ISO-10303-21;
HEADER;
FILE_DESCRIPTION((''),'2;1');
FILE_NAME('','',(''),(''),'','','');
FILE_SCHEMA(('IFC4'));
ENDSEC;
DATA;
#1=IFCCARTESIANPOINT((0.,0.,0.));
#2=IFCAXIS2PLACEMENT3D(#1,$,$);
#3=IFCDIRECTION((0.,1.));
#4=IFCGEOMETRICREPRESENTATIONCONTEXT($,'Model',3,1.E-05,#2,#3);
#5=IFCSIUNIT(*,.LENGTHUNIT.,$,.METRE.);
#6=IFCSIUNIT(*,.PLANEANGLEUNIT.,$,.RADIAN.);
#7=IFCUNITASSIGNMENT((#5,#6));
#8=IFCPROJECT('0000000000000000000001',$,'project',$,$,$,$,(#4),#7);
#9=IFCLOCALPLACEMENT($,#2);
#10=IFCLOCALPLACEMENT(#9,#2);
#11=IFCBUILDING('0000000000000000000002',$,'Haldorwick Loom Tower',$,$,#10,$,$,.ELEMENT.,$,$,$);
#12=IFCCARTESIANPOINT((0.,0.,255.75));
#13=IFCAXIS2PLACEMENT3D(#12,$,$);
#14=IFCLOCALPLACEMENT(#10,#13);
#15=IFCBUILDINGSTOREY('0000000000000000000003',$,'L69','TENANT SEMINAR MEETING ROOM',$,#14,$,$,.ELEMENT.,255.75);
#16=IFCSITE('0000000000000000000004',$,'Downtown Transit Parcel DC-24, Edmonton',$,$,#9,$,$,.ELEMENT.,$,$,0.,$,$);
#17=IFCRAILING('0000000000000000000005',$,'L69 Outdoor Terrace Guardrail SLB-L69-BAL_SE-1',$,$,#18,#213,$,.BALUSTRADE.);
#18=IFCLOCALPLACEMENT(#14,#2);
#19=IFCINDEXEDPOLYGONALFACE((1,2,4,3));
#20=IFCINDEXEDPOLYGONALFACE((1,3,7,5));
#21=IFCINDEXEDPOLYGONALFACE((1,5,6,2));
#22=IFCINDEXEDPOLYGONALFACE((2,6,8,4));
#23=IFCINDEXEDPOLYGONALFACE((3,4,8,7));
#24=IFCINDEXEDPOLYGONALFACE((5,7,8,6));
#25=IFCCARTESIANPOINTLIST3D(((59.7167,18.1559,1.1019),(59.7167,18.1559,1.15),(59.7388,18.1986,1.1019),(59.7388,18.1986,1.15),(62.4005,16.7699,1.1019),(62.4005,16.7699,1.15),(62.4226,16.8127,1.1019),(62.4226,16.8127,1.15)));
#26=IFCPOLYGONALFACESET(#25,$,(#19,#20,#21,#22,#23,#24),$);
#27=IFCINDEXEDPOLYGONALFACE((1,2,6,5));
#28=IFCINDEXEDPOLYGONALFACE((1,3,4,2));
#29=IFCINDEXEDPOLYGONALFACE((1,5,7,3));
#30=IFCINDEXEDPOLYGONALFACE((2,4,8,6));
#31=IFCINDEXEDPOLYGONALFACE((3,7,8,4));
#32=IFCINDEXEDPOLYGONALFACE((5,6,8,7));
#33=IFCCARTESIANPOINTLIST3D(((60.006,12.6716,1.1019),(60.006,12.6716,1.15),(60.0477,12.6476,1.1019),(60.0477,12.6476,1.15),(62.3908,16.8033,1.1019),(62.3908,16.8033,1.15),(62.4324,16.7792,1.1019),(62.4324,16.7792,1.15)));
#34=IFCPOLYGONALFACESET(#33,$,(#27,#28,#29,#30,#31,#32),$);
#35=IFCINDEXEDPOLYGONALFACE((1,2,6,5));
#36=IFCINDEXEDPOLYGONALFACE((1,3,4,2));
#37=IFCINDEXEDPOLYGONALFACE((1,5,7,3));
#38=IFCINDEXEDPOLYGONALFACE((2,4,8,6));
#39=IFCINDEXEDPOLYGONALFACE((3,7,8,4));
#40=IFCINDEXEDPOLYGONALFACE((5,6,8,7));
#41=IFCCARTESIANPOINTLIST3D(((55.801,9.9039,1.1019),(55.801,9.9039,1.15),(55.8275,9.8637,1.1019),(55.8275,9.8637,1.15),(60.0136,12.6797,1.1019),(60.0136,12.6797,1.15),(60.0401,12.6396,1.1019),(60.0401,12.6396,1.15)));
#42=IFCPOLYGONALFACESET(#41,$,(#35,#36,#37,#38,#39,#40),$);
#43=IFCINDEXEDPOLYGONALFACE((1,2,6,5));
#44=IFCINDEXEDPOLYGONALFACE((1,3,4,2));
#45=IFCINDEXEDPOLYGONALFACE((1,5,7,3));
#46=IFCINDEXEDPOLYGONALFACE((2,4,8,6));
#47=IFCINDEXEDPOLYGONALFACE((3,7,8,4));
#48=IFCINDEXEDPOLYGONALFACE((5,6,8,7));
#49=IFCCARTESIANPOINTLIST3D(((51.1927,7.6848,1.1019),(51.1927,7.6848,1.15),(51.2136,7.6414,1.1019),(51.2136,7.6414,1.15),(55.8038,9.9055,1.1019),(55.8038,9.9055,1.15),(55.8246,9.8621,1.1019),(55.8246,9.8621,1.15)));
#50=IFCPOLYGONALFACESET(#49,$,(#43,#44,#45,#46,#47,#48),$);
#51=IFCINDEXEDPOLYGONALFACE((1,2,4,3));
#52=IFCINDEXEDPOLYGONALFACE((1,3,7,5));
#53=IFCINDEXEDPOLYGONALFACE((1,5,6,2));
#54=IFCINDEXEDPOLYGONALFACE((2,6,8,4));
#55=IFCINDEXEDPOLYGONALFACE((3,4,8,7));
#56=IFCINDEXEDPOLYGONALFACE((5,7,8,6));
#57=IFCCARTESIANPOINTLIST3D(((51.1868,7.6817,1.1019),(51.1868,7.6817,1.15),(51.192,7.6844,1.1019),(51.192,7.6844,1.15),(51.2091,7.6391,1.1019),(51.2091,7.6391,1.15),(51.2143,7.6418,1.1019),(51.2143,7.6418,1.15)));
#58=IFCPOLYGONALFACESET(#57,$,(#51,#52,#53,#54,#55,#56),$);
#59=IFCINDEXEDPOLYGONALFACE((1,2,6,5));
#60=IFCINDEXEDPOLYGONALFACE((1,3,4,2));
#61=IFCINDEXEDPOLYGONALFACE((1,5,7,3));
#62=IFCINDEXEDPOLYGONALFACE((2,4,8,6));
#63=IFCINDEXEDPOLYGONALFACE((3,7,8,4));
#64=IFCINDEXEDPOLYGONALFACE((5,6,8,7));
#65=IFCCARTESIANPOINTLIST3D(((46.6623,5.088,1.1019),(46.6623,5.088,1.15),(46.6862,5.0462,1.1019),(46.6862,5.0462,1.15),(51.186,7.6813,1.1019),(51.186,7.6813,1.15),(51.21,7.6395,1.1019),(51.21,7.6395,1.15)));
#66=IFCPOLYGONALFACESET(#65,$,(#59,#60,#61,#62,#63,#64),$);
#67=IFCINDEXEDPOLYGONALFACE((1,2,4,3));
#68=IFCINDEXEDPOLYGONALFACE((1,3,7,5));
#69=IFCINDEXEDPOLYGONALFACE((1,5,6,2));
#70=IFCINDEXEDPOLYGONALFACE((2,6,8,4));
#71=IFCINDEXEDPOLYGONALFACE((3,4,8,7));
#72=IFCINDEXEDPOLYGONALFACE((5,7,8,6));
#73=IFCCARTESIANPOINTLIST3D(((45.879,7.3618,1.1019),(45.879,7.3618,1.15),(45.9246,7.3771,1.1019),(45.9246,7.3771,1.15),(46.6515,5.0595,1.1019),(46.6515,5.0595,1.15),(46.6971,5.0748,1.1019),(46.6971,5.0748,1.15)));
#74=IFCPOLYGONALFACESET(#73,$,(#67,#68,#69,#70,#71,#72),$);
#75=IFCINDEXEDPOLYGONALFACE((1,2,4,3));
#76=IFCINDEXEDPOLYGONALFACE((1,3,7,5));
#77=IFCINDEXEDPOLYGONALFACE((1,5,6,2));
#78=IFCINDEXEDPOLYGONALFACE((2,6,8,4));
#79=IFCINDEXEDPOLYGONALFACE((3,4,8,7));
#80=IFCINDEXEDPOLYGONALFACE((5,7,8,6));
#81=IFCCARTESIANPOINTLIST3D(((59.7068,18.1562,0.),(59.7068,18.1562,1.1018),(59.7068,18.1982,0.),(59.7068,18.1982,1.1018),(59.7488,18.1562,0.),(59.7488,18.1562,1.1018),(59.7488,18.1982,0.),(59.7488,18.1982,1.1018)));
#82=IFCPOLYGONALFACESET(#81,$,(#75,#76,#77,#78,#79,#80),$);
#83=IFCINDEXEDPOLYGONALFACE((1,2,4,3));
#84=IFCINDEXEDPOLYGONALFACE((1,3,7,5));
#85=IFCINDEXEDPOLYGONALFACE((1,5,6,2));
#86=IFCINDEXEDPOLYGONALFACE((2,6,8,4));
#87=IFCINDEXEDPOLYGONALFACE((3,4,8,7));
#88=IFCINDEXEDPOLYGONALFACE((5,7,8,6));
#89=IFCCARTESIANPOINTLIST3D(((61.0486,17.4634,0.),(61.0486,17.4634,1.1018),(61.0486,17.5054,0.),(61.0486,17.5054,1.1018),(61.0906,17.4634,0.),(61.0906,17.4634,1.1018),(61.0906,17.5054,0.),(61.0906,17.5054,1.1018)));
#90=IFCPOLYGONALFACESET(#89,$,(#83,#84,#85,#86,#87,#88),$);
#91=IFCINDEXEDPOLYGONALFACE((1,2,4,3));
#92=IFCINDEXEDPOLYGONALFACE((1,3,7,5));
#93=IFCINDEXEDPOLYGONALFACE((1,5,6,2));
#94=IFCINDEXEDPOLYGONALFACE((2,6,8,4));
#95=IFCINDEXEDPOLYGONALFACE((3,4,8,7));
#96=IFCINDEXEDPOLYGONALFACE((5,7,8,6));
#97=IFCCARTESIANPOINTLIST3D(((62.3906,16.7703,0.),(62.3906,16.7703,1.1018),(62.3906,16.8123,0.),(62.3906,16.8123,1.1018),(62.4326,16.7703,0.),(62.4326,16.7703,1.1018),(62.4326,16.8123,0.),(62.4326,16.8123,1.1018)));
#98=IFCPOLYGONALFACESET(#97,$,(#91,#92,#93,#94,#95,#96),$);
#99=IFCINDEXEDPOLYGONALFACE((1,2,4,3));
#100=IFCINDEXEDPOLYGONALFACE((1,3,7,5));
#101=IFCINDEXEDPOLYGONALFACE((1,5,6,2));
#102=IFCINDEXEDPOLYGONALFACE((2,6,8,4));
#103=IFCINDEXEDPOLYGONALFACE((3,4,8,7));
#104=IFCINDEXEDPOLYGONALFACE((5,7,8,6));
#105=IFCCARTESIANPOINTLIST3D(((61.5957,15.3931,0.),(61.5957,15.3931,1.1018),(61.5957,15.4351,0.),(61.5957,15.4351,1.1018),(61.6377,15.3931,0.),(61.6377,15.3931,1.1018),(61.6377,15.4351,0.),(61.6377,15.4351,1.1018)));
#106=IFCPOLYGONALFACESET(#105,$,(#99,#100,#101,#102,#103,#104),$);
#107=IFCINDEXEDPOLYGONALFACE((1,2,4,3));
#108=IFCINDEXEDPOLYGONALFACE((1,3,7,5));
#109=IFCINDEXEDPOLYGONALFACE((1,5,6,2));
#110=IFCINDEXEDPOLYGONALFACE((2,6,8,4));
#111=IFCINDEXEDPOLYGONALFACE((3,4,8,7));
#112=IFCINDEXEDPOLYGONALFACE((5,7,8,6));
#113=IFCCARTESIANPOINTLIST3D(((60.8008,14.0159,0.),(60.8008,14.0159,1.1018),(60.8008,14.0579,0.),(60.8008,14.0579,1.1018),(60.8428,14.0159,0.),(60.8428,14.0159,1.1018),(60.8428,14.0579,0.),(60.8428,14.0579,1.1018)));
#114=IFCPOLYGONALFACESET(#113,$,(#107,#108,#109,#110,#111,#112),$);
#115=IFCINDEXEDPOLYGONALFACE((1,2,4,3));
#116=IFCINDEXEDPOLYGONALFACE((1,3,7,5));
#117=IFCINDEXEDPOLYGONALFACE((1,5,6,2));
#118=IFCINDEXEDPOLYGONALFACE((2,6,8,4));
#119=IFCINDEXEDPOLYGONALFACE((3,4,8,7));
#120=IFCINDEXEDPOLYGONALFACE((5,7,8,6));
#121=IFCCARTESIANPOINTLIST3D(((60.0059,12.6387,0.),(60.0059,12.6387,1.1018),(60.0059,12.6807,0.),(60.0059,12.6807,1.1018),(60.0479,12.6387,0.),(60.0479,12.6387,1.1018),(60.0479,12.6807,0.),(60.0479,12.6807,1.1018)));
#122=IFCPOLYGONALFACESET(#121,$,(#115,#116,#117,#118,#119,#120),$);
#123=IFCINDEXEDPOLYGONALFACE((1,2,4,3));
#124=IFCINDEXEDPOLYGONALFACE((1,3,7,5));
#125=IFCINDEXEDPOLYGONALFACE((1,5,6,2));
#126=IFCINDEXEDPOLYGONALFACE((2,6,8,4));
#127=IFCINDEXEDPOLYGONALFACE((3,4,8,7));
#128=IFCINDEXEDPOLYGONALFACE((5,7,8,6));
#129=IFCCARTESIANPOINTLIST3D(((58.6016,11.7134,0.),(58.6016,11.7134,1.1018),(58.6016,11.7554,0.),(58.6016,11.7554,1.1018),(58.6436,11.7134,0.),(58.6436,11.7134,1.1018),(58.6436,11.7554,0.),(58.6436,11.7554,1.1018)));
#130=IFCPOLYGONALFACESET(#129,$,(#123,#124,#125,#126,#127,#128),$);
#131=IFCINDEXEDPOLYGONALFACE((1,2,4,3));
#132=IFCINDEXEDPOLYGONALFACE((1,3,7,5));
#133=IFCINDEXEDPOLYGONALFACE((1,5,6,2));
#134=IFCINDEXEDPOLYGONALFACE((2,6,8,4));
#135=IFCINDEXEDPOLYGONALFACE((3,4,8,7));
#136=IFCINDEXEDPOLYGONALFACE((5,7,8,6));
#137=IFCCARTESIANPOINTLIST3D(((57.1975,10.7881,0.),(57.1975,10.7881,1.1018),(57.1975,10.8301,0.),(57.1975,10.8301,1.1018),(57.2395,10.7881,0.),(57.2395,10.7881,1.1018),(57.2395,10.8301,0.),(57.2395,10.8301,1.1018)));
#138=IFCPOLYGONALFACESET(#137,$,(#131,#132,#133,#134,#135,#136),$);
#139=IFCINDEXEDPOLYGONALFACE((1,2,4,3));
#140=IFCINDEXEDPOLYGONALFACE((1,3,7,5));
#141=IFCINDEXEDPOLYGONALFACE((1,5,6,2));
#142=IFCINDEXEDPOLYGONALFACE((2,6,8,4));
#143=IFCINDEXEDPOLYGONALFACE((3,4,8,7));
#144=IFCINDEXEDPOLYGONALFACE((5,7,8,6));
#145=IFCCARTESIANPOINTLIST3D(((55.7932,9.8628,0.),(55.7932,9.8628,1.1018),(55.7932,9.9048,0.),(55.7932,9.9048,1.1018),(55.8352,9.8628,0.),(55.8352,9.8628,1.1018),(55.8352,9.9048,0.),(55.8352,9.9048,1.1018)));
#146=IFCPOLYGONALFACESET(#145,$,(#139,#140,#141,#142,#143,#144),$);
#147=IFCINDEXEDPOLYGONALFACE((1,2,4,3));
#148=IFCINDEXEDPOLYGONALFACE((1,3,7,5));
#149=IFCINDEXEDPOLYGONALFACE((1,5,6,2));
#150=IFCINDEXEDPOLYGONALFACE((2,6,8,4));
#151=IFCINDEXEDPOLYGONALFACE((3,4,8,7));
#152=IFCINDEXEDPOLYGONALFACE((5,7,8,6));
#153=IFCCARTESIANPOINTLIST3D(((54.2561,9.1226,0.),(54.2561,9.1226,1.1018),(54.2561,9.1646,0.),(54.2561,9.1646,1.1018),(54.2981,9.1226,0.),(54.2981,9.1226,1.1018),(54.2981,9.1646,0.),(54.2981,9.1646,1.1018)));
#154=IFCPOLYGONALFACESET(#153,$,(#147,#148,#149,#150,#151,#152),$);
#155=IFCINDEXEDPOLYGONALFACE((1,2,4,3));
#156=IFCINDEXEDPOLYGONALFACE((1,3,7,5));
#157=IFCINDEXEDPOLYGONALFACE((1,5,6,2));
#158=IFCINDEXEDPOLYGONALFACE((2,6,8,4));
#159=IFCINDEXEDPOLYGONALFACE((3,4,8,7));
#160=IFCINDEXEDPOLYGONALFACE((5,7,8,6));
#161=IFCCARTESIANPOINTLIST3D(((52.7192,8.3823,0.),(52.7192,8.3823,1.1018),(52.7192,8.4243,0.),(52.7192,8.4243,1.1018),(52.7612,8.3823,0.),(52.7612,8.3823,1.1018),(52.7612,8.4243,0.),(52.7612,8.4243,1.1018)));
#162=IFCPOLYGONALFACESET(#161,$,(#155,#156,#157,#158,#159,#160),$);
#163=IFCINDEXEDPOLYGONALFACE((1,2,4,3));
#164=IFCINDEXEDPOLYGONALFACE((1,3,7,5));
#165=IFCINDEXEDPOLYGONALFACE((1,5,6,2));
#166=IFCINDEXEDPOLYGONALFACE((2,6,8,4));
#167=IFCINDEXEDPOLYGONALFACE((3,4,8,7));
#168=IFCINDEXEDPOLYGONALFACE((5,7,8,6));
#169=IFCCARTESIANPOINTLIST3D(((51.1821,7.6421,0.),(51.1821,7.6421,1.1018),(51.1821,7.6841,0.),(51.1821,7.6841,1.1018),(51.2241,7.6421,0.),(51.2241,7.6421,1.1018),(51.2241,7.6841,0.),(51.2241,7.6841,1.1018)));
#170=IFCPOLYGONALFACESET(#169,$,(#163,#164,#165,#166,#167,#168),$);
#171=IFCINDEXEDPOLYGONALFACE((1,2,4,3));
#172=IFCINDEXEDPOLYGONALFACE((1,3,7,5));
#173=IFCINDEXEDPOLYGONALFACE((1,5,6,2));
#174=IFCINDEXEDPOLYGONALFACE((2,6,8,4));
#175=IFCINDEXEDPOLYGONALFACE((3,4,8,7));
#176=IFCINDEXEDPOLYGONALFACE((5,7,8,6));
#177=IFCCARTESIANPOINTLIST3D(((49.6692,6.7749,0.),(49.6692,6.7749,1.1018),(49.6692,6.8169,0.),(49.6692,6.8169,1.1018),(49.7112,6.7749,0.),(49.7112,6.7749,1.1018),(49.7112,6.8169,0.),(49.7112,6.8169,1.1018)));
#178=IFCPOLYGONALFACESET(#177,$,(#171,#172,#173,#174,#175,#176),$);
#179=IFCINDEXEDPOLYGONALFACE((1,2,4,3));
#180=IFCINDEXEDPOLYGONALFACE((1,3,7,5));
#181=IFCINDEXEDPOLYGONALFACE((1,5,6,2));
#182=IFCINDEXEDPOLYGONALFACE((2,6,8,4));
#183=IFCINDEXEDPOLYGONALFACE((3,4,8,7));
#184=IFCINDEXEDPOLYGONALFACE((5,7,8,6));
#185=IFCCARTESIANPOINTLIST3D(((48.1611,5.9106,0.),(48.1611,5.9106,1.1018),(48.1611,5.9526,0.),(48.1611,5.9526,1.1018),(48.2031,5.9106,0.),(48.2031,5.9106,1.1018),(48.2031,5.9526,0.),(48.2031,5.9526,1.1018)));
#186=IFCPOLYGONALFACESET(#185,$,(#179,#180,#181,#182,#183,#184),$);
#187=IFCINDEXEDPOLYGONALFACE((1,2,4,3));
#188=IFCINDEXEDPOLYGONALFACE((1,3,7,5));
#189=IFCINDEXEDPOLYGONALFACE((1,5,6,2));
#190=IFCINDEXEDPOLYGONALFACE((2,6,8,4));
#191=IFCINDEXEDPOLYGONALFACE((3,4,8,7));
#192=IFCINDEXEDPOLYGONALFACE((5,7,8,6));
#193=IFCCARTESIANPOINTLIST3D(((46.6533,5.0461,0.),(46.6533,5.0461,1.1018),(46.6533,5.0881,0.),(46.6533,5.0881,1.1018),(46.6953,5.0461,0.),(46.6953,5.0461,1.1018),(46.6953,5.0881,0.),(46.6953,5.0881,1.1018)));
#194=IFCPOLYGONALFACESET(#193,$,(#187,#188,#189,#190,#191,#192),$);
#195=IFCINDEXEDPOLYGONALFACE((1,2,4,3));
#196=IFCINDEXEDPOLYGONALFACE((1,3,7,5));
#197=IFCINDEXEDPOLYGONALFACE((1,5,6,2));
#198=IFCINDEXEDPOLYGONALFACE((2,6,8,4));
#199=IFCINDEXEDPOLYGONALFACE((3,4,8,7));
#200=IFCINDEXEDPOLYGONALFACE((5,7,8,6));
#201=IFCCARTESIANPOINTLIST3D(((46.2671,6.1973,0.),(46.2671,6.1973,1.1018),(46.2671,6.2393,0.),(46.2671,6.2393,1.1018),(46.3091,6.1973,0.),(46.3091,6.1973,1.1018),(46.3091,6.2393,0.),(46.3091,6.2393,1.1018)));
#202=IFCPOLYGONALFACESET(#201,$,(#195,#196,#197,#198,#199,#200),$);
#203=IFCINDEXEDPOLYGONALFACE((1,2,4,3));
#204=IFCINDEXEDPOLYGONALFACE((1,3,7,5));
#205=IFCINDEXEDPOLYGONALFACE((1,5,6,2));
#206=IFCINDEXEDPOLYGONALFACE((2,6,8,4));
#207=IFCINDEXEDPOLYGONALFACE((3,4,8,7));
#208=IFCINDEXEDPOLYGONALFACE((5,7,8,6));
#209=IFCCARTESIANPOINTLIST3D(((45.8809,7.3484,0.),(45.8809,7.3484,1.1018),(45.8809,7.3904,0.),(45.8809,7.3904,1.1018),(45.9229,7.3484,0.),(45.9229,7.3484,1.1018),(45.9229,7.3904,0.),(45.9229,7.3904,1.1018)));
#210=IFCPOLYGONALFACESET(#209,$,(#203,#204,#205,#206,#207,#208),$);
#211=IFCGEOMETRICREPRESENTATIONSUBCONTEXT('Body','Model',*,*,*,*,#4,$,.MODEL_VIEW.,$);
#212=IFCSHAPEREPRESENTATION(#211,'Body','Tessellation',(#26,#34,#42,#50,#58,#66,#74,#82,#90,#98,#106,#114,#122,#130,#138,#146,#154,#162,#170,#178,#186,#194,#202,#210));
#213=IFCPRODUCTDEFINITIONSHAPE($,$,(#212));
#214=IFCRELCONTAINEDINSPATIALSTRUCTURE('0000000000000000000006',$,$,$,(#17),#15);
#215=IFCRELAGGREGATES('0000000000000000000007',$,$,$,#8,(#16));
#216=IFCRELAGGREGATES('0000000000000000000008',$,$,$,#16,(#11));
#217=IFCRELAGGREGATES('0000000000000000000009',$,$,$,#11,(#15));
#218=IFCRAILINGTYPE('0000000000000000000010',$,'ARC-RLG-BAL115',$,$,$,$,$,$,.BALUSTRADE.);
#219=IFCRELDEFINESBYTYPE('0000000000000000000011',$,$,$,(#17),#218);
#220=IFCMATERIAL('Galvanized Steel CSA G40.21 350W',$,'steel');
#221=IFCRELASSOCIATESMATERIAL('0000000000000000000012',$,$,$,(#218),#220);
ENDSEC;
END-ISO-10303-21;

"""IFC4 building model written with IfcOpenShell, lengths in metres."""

from ifc_helpers import new_model, si_unit, direction, frame, origin, origin_2d, place, context, subcontext, project, spatial, rectangle, extrude, material, type_object, element, save


model = new_model("IFC4")

# Units and contexts
model_context = context("Model", 3, precision=1e-05, world=origin(), true_north=direction((0.0, 1.0)))
body_context = subcontext(model_context, "Body", "Model", "MODEL_VIEW")
ifc_project = project(units=[si_unit("LENGTHUNIT", "METRE"), si_unit("PLANEANGLEUNIT", "RADIAN")], contexts=[model_context])

# Site, building, storey
site_placement = place(None, origin())
site = spatial("IfcSite", under=ifc_project, at=site_placement, Name="Downtown Transit Parcel DC-24, Edmonton", CompositionType="ELEMENT", RefElevation=0.0)
building_placement = place(site_placement, origin())
building = spatial("IfcBuilding", under=site, at=building_placement, Name="Haldorwick Loom Tower", CompositionType="ELEMENT")
storey_placement = place(building_placement, frame((0.0, 0.0, 255.75)))
storey = spatial("IfcBuildingStorey", under=building, at=storey_placement, Name="L69", Description="TENANT SEMINAR MEETING ROOM", CompositionType="ELEMENT", Elevation=255.75)

# Railing
ifc_material_1 = material(Name="Galvanized Steel CSA G40.21 350W", Category="steel")
railing_type = type_object("IfcRailingType", Name="ARC-RLG-BAL115", PredefinedType="BALUSTRADE", material=ifc_material_1)
railing_placement = place(storey_placement, frame((59.7278, 18.1772, 0.0)))
element("IfcRailing", 1, at=railing_placement, inside=storey, type_object=railing_type, Name="L69 Outdoor Terrace Guardrail SLB-L69-BAL_SE-1", PredefinedType="BALUSTRADE", context=body_context, shape_type="SweptSolid", body=[
    extrude(rectangle(XDim=0.0481, YDim=0.0481, at=origin_2d()), frame((0.0, 0.0, 1.126), z_axis=(0.888515, -0.458847, 0.0), x_axis=(0.458847, 0.888515, 0.0)), (0.0, 0.0, 1.0), 3.0205),
    extrude(rectangle(XDim=0.0481, YDim=0.0481, at=origin_2d()), frame((2.6838, -1.386, 1.126), z_axis=(-0.499904, -0.866081, 0.0), x_axis=(0.866081, -0.499904, 0.0)), (0.0, 0.0, 1.0), 4.7705),
    extrude(rectangle(XDim=0.0481, YDim=0.0481, at=origin_2d()), frame((0.2991, -5.5176, 1.126), z_axis=(-0.835016, -0.550225, 0.0), x_axis=(0.550225, -0.835016, 0.0)), (0.0, 0.0, 1.0), 5.0449),
    extrude(rectangle(XDim=0.0481, YDim=0.0481, at=origin_2d()), frame((-3.9136, -8.2935, 1.126), z_axis=(-0.90096, -0.433903, 0.0), x_axis=(0.433903, -0.90096, 0.0)), (0.0, 0.0, 1.0), 5.1179),
    extrude(rectangle(XDim=0.0481, YDim=0.0481, at=origin_2d()), frame((-8.5247, -10.5142, 1.126), z_axis=(-0.885832, -0.464007, 0.0), x_axis=(0.464007, -0.885832, 0.0)), (0.0, 0.0, 1.0), 0.0059),
    extrude(rectangle(XDim=0.0481, YDim=0.0481, at=origin_2d()), frame((-8.5298, -10.5168, 1.126), z_axis=(-0.867557, -0.497339, 0.0), x_axis=(0.497339, -0.867557, 0.0)), (0.0, 0.0, 1.0), 5.2144),
    extrude(rectangle(XDim=0.0481, YDim=0.0481, at=origin_2d()), frame((-13.0535, -13.1101, 1.126), z_axis=(-0.318097, 0.948058, 0.0), x_axis=(-0.948058, -0.318097, 0.0)), (0.0, 0.0, 1.0), 2.4285),
    extrude(rectangle(XDim=0.042, YDim=0.042, at=origin_2d()), origin(), (0.0, 0.0, 1.0), 1.1018),
    extrude(rectangle(XDim=0.042, YDim=0.042, at=origin_2d()), frame((1.3418, -0.6929, 0.0)), (0.0, 0.0, 1.0), 1.1018),
    extrude(rectangle(XDim=0.042, YDim=0.042, at=origin_2d()), frame((2.6838, -1.386, 0.0)), (0.0, 0.0, 1.0), 1.1018),
    extrude(rectangle(XDim=0.042, YDim=0.042, at=origin_2d()), frame((1.8889, -2.7632, 0.0)), (0.0, 0.0, 1.0), 1.1018),
    extrude(rectangle(XDim=0.042, YDim=0.042, at=origin_2d()), frame((1.094, -4.1404, 0.0)), (0.0, 0.0, 1.0), 1.1018),
    extrude(rectangle(XDim=0.042, YDim=0.042, at=origin_2d()), frame((0.2991, -5.5176, 0.0)), (0.0, 0.0, 1.0), 1.1018),
    extrude(rectangle(XDim=0.042, YDim=0.042, at=origin_2d()), frame((-1.1052, -6.4429, 0.0)), (0.0, 0.0, 1.0), 1.1018),
    extrude(rectangle(XDim=0.042, YDim=0.042, at=origin_2d()), frame((-2.5093, -7.3682, 0.0)), (0.0, 0.0, 1.0), 1.1018),
    extrude(rectangle(XDim=0.042, YDim=0.042, at=origin_2d()), frame((-3.9136, -8.2935, 0.0)), (0.0, 0.0, 1.0), 1.1018),
    extrude(rectangle(XDim=0.042, YDim=0.042, at=origin_2d()), frame((-5.4507, -9.0337, 0.0)), (0.0, 0.0, 1.0), 1.1018),
    extrude(rectangle(XDim=0.042, YDim=0.042, at=origin_2d()), frame((-6.9875, -9.7739, 0.0)), (0.0, 0.0, 1.0), 1.1018),
    extrude(rectangle(XDim=0.042, YDim=0.042, at=origin_2d()), frame((-8.5247, -10.5142, 0.0)), (0.0, 0.0, 1.0), 1.1018),
    extrude(rectangle(XDim=0.042, YDim=0.042, at=origin_2d()), frame((-10.0376, -11.3813, 0.0)), (0.0, 0.0, 1.0), 1.1018),
    extrude(rectangle(XDim=0.042, YDim=0.042, at=origin_2d()), frame((-11.5457, -12.2456, 0.0)), (0.0, 0.0, 1.0), 1.1018),
    extrude(rectangle(XDim=0.042, YDim=0.042, at=origin_2d()), frame((-13.0535, -13.1101, 0.0)), (0.0, 0.0, 1.0), 1.1018),
    extrude(rectangle(XDim=0.042, YDim=0.042, at=origin_2d()), frame((-13.4397, -11.959, 0.0)), (0.0, 0.0, 1.0), 1.1018),
    extrude(rectangle(XDim=0.042, YDim=0.042, at=origin_2d()), frame((-13.8259, -10.8079, 0.0)), (0.0, 0.0, 1.0), 1.1018),
])

save(model, "model.ifc")
